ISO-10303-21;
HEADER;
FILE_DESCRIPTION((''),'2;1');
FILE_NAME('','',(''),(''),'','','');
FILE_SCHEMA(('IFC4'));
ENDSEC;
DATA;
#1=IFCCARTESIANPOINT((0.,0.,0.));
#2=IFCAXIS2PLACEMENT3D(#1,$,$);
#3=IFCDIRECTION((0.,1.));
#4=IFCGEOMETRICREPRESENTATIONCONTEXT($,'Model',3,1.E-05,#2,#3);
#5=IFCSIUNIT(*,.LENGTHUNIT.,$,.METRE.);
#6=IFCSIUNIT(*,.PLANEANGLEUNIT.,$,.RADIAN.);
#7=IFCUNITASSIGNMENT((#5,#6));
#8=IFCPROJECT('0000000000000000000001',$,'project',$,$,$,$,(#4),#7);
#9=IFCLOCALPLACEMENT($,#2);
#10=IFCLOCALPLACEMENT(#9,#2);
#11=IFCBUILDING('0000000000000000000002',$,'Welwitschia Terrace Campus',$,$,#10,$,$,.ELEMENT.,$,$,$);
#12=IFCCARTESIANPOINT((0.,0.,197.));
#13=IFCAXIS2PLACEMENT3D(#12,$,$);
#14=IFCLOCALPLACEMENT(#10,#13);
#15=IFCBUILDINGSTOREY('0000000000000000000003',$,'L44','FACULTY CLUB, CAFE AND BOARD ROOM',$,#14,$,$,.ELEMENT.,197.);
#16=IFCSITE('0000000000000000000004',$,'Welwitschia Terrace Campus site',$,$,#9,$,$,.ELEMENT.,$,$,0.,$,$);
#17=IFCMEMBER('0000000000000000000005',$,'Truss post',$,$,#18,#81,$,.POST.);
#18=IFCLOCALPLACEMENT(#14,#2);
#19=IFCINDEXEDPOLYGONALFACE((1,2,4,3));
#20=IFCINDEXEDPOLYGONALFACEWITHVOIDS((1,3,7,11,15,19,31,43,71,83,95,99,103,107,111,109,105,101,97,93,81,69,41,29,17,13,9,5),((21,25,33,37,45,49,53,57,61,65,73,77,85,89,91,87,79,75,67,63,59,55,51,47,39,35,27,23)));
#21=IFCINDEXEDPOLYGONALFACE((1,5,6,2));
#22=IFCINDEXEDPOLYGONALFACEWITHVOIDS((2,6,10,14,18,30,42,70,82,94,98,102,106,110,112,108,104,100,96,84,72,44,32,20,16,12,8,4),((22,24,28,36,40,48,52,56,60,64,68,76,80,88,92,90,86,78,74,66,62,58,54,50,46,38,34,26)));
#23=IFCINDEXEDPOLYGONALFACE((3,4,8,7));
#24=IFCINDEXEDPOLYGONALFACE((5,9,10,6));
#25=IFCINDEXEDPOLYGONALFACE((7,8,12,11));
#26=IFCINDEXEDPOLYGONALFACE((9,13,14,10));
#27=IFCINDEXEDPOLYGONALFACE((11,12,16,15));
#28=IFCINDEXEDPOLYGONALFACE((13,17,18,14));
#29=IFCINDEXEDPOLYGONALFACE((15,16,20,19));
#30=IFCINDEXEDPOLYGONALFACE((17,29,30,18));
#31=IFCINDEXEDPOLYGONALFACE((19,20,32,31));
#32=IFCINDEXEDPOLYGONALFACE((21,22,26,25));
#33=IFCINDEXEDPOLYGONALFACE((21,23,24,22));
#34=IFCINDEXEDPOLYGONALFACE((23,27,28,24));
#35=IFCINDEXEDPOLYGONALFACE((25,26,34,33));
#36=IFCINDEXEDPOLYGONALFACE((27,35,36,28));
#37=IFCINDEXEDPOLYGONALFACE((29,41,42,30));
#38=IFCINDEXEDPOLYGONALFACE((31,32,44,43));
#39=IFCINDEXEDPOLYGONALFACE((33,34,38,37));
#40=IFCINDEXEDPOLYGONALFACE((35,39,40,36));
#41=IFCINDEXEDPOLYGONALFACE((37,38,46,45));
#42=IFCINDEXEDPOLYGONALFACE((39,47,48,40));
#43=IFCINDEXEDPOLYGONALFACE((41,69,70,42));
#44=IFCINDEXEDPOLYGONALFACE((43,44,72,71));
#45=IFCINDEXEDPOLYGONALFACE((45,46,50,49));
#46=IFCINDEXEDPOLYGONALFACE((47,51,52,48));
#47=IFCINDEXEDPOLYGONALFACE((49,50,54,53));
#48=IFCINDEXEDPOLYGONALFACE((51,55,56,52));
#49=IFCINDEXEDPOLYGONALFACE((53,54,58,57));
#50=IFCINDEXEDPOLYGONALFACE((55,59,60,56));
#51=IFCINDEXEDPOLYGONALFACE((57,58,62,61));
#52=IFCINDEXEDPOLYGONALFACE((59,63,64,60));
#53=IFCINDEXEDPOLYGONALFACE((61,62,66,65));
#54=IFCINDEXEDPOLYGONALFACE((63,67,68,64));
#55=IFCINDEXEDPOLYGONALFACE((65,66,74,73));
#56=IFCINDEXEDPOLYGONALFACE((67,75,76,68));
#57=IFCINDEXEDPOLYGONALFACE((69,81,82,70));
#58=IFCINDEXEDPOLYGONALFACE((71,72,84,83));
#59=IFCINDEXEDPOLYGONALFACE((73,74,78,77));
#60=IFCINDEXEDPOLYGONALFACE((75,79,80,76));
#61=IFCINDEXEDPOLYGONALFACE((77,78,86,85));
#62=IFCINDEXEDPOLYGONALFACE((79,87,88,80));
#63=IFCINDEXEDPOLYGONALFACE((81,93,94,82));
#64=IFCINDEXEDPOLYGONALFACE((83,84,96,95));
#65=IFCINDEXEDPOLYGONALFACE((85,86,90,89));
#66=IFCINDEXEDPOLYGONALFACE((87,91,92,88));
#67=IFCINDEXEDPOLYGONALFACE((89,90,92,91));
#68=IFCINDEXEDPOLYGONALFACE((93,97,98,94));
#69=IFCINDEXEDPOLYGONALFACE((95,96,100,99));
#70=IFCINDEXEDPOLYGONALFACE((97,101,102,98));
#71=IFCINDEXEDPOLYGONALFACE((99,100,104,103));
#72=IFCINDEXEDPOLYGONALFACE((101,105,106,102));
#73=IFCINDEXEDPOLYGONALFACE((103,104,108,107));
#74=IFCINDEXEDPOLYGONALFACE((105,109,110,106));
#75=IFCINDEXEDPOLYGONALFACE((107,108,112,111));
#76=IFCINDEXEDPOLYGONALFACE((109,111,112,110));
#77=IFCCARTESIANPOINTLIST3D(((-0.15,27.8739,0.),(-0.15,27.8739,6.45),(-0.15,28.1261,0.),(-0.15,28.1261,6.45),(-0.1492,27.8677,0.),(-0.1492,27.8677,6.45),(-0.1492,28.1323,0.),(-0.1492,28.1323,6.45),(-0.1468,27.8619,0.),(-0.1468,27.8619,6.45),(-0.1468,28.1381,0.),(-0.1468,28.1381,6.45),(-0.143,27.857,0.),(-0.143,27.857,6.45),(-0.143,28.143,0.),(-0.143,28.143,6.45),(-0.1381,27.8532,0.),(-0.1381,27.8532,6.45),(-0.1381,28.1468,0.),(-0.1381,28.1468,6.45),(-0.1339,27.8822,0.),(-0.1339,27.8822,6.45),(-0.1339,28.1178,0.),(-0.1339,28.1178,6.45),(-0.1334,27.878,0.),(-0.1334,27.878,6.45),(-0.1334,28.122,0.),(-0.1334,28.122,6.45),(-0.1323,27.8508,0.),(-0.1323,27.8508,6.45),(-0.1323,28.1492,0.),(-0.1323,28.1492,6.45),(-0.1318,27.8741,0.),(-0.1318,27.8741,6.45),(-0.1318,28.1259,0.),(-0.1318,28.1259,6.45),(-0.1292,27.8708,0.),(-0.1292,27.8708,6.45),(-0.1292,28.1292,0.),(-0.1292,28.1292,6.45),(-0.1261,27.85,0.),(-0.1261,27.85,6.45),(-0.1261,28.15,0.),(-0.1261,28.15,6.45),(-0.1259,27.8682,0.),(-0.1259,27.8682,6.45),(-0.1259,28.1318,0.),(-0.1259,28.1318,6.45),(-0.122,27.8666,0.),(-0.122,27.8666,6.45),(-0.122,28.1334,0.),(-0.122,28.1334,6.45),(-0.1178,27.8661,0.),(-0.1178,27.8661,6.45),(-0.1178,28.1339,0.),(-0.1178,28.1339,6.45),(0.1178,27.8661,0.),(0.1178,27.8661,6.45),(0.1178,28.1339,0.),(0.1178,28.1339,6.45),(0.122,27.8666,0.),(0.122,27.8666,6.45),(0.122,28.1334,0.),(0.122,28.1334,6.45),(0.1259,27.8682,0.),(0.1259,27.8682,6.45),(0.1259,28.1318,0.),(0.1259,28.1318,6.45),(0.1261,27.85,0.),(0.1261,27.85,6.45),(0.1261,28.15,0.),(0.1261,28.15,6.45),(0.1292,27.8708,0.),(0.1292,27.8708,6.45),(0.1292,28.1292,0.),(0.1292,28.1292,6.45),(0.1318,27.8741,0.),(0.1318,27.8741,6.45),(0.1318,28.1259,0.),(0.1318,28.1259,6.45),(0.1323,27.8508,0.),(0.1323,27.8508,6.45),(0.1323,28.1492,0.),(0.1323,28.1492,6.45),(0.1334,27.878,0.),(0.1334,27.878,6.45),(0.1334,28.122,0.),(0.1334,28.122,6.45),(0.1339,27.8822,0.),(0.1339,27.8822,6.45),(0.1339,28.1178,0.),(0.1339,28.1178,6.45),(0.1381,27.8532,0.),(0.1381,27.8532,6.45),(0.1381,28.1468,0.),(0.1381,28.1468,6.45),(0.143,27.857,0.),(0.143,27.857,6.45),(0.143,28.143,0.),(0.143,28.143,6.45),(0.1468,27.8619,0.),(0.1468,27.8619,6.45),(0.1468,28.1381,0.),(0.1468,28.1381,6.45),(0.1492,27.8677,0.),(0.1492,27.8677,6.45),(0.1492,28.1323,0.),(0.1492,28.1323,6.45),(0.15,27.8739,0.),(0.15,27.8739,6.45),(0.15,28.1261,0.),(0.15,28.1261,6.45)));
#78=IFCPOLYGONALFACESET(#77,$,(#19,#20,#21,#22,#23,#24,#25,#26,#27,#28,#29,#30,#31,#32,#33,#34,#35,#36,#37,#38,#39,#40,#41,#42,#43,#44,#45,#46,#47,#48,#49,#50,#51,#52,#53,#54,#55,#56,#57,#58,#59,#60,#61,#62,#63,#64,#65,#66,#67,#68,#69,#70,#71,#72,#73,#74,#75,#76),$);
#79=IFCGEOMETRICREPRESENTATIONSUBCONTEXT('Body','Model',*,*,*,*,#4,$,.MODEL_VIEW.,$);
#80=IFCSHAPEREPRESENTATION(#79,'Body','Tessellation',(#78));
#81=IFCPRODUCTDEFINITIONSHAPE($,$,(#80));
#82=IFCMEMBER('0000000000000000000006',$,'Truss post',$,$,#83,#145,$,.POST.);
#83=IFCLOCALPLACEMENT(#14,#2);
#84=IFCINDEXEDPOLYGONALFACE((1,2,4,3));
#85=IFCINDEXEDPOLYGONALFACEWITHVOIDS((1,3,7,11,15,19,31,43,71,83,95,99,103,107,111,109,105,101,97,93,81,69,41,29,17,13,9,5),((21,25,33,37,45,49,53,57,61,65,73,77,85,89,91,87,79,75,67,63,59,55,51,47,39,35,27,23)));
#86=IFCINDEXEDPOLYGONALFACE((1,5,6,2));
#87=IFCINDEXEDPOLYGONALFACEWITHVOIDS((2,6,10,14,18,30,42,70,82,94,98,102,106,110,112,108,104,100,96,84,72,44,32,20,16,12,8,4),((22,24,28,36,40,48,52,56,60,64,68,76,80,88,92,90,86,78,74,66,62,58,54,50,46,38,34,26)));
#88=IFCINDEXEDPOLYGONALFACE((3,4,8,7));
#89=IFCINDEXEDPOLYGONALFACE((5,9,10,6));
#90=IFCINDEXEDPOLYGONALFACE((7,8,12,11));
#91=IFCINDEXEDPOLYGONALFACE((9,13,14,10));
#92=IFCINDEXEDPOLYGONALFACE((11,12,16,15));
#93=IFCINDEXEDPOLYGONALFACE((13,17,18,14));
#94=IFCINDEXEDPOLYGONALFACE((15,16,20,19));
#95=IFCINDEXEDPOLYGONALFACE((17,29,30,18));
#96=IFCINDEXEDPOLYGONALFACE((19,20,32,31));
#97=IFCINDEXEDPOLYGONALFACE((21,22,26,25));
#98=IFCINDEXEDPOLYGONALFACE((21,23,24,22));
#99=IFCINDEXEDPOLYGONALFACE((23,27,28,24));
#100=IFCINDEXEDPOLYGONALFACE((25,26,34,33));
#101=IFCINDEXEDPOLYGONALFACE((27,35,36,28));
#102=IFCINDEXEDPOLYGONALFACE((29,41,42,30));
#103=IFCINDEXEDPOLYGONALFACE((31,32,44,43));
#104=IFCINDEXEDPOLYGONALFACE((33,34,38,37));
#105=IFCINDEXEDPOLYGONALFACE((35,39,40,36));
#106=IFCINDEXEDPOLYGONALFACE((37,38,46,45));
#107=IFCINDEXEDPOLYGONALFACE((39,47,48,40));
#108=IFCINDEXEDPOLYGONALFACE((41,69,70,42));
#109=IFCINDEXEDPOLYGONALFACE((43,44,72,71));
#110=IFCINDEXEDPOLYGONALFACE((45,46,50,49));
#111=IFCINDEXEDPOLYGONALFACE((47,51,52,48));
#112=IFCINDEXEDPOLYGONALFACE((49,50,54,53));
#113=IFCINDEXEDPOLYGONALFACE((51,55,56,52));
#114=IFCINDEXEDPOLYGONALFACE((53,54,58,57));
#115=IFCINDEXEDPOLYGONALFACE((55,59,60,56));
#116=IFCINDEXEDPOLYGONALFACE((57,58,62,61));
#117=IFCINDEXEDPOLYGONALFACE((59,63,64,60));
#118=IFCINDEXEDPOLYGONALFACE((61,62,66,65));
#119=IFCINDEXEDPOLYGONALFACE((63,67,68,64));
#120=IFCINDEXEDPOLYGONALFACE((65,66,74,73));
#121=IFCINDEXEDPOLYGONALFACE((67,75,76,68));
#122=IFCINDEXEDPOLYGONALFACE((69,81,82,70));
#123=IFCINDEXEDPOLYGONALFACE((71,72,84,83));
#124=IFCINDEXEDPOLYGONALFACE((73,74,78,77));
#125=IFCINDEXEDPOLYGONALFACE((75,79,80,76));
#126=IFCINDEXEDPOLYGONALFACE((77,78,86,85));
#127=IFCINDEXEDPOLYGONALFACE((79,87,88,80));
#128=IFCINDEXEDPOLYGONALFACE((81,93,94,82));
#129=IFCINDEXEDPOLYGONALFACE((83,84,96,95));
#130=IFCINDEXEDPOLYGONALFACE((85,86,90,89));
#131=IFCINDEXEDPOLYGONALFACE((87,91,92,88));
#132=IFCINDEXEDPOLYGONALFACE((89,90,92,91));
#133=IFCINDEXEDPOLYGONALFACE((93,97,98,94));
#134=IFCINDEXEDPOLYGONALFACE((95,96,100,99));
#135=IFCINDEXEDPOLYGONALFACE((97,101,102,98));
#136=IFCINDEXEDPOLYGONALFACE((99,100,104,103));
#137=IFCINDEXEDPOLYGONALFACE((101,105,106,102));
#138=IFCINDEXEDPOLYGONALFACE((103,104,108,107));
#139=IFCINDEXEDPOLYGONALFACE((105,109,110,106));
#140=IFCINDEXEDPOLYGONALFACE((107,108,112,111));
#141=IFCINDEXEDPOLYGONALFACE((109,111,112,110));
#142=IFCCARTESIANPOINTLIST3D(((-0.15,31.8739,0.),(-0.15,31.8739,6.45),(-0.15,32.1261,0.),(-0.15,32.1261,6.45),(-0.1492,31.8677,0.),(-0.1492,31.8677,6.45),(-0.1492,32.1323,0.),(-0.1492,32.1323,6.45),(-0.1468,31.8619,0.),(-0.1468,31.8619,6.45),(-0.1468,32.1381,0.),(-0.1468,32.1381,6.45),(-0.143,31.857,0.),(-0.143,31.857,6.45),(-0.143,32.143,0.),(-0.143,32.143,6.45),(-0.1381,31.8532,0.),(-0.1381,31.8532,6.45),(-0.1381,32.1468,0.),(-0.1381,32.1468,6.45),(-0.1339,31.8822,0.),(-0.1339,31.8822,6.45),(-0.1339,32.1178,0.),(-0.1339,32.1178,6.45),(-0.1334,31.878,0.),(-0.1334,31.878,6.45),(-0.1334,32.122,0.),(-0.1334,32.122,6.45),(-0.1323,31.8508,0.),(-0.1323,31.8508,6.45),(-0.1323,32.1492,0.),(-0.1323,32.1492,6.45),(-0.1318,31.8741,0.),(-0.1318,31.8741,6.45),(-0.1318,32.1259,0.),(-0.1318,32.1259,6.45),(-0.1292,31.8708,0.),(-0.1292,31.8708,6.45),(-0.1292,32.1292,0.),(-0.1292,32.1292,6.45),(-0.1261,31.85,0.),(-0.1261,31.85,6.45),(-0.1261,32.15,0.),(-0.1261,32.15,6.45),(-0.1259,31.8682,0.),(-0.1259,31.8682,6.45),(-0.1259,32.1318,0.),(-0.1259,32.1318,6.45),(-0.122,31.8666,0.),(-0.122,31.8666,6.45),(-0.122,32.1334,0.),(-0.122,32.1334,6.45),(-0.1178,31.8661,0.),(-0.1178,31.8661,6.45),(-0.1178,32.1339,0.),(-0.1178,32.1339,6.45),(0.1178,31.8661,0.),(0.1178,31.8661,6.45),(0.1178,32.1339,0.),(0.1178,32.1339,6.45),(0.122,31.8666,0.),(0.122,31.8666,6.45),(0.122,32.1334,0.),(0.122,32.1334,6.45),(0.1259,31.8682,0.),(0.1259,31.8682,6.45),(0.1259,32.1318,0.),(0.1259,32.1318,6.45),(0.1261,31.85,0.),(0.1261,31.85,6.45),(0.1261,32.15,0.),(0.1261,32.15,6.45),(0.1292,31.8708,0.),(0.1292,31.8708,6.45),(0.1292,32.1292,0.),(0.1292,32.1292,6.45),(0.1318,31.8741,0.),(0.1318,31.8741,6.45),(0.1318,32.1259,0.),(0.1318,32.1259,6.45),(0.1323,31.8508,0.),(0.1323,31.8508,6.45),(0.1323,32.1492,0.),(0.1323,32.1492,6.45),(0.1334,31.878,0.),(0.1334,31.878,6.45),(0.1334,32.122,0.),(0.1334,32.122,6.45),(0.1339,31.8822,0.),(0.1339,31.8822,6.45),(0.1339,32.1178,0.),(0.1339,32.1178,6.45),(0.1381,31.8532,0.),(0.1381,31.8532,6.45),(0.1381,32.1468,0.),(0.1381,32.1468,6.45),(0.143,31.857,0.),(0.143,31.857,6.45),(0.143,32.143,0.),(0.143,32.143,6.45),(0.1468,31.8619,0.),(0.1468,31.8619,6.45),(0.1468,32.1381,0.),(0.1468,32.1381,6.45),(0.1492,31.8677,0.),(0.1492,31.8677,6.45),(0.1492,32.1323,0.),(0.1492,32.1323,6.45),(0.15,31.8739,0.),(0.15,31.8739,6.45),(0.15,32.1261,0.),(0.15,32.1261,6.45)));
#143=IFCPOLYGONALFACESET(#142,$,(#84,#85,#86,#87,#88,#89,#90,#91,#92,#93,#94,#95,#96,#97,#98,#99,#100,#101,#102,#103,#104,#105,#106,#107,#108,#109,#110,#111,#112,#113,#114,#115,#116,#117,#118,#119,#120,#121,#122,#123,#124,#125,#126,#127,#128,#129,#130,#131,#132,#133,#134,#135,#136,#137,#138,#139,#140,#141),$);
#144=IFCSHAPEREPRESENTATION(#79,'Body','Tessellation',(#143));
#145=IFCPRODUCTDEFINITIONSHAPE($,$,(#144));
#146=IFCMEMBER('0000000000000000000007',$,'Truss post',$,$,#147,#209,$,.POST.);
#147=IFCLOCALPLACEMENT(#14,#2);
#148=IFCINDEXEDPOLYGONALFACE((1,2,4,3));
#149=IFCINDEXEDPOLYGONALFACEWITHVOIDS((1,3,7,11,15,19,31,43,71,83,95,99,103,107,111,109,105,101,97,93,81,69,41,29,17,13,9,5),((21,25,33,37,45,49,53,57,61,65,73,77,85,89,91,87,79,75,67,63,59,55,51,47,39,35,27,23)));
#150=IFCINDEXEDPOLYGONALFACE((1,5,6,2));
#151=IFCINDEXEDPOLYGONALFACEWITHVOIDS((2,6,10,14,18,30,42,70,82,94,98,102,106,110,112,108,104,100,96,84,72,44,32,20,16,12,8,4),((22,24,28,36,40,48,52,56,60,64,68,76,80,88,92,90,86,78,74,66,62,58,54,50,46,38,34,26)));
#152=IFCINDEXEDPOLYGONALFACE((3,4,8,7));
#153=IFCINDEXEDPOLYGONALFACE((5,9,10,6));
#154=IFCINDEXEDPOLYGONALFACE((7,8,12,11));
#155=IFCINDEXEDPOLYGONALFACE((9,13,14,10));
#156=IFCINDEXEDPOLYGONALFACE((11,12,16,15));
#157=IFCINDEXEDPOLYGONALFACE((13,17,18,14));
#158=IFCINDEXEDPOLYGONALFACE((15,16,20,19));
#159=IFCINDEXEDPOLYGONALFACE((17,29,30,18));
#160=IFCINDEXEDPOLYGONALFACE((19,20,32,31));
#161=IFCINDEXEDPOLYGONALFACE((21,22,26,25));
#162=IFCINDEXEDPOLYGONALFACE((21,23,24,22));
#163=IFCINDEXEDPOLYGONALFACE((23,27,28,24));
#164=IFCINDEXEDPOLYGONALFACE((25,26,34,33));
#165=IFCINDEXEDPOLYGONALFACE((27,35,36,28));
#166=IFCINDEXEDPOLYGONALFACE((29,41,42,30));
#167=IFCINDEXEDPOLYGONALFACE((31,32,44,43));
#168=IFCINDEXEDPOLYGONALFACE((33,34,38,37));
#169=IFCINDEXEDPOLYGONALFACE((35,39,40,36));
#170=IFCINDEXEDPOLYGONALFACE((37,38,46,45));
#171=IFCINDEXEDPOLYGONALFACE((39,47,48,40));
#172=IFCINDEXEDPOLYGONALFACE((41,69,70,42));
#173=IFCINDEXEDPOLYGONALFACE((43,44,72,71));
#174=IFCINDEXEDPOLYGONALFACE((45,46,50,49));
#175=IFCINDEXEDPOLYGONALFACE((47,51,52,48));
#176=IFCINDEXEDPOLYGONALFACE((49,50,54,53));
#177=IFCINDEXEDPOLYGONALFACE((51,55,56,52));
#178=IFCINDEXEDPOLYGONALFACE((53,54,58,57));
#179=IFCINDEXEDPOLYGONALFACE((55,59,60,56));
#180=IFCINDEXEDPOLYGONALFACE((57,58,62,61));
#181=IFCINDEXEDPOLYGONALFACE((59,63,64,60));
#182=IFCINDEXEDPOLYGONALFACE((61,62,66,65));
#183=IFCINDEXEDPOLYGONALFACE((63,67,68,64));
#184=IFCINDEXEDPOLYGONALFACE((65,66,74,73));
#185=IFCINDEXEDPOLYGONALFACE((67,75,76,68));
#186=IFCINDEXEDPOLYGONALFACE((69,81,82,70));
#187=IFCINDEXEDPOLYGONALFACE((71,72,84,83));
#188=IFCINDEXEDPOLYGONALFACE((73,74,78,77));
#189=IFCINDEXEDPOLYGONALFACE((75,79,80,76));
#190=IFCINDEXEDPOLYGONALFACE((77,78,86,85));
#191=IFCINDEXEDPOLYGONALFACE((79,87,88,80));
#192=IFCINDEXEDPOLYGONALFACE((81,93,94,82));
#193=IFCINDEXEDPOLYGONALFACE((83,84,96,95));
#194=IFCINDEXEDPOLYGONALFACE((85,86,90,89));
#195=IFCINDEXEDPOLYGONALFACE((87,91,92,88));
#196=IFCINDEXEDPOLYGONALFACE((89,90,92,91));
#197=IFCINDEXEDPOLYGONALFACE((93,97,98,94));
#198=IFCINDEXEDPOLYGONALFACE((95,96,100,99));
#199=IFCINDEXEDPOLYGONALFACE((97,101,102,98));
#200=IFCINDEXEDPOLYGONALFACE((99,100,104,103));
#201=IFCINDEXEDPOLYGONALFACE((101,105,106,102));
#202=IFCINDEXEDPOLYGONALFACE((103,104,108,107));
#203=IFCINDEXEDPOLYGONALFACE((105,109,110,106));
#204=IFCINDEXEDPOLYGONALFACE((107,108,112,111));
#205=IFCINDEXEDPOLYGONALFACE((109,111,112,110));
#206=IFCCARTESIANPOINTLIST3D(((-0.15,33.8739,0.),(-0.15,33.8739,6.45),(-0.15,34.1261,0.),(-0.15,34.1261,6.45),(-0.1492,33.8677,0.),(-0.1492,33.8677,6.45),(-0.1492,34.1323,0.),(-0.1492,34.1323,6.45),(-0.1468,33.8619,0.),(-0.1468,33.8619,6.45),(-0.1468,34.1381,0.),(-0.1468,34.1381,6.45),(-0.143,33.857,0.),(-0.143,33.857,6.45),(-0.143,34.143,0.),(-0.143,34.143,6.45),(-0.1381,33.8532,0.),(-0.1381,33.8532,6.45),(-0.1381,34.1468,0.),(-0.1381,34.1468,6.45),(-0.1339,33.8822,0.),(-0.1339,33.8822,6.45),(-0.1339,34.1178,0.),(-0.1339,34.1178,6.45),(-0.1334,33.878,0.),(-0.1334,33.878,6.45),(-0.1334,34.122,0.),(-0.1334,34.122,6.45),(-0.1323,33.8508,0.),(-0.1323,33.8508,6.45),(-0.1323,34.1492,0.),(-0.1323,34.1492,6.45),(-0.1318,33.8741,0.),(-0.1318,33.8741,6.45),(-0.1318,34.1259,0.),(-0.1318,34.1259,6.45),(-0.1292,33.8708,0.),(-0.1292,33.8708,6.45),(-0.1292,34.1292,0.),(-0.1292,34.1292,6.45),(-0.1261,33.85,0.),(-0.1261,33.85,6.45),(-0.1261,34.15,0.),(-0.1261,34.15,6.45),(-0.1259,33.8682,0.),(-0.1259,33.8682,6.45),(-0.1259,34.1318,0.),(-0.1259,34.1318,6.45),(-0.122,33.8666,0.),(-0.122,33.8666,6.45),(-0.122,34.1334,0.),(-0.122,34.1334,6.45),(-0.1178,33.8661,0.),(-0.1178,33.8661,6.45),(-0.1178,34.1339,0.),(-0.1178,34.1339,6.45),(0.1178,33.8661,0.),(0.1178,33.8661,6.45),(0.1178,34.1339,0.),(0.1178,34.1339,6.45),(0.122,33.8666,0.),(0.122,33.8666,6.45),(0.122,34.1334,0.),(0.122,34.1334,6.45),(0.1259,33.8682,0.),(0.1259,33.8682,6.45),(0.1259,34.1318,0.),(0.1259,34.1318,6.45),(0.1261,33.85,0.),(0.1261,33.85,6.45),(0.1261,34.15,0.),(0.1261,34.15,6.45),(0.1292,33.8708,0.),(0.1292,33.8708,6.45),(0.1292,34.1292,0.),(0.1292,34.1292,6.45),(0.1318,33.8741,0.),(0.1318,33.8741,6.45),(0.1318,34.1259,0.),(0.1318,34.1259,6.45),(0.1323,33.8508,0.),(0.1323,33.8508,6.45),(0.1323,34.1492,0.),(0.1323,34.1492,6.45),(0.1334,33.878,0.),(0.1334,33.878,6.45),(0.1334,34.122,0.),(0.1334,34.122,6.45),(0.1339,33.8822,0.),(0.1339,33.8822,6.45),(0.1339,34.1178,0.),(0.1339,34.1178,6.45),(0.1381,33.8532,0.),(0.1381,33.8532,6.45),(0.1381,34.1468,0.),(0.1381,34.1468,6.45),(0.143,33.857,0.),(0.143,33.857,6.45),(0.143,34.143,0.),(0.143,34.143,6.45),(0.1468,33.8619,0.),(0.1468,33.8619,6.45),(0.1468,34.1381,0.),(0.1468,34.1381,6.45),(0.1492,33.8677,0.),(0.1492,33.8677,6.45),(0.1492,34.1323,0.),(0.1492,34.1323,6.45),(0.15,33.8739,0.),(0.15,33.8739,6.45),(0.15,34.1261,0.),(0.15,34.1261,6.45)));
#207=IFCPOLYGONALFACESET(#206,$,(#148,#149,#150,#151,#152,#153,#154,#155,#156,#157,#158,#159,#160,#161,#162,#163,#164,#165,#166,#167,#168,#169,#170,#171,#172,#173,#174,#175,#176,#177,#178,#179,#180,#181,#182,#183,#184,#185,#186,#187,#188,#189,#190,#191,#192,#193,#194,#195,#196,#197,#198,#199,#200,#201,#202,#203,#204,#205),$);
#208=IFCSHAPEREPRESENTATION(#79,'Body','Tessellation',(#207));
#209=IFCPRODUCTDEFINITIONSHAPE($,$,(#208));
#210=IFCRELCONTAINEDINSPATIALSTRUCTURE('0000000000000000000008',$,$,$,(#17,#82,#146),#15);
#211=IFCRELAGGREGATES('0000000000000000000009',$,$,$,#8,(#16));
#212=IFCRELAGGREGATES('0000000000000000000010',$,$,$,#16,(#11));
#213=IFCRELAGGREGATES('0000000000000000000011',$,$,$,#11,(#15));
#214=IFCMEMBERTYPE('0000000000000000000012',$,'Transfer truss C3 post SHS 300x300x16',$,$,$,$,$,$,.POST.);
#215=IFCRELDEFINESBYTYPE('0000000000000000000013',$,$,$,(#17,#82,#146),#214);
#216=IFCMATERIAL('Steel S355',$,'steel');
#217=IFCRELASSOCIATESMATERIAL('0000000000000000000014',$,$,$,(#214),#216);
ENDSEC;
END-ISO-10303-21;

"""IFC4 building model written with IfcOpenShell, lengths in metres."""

from ifc_helpers import new_model, si_unit, direction, frame, origin, origin_2d, place, context, subcontext, project, spatial, hollow_rectangle, extrude, material, material_profile, profile_set, type_object, element, save


model = new_model("IFC4")

# Units and contexts
model_context = context("Model", 3, precision=1e-05, world=origin(), true_north=direction((0.0, 1.0)))
body_context = subcontext(model_context, "Body", "Model", "MODEL_VIEW")
ifc_project = project(units=[si_unit("LENGTHUNIT", "METRE"), si_unit("PLANEANGLEUNIT", "RADIAN")], contexts=[model_context])

# Site, building, storey
site_placement = place(None, origin())
site = spatial("IfcSite", under=ifc_project, at=site_placement, Name="Welwitschia Terrace Campus site", CompositionType="ELEMENT", RefElevation=0.0)
building_placement = place(site_placement, origin())
building = spatial("IfcBuilding", under=site, at=building_placement, Name="Welwitschia Terrace Campus", CompositionType="ELEMENT")
storey_placement = place(building_placement, frame((0.0, 0.0, 197.0)))
storey = spatial("IfcBuildingStorey", under=building, at=storey_placement, Name="L44", Description="FACULTY CLUB, CAFE AND BOARD ROOM", CompositionType="ELEMENT", Elevation=197.0)

# Members
ifc_material_1 = material(Name="Steel S355", Category="steel")
ifc_material_profile_1 = material_profile(ifc_material_1, hollow_rectangle(XDim=0.3, YDim=0.3, WallThickness=0.0161, InnerFilletRadius=0.0161, OuterFilletRadius=0.0239, at=origin_2d()))
ifc_profile_set_1 = profile_set([ifc_material_profile_1], Name="Steel S355")
member_type_1 = type_object("IfcMemberType", Name="Transfer truss C3 post SHS 300x300x16", PredefinedType="POST", material=ifc_profile_set_1)
for number, where, z_axis, x_axis, name in (
    (1, (0.0, 28.0, 0.0), (0.0, 0.0, 1.0), (1.0, 0.0, 0.0), "Truss post"),
    (2, (0.0, 32.0, 0.0), (0.0, 0.0, 1.0), (1.0, 0.0, 0.0), "Truss post"),
    (3, (0.0, 34.0, 0.0), (0.0, 0.0, 1.0), (1.0, 0.0, 0.0), "Truss post"),
):
    element("IfcMember", number, at=place(storey_placement, frame(where, z_axis=z_axis, x_axis=x_axis)), inside=storey, type_object=member_type_1, Name=name, PredefinedType="POST", context=body_context, shape_type="SweptSolid", body=[
        extrude(hollow_rectangle(XDim=0.3, YDim=0.3, WallThickness=0.0161, InnerFilletRadius=0.0161, OuterFilletRadius=0.0239, at=origin_2d()), origin(), (0.0, 0.0, 1.0), 6.45),
    ])

save(model, "model.ifc")
